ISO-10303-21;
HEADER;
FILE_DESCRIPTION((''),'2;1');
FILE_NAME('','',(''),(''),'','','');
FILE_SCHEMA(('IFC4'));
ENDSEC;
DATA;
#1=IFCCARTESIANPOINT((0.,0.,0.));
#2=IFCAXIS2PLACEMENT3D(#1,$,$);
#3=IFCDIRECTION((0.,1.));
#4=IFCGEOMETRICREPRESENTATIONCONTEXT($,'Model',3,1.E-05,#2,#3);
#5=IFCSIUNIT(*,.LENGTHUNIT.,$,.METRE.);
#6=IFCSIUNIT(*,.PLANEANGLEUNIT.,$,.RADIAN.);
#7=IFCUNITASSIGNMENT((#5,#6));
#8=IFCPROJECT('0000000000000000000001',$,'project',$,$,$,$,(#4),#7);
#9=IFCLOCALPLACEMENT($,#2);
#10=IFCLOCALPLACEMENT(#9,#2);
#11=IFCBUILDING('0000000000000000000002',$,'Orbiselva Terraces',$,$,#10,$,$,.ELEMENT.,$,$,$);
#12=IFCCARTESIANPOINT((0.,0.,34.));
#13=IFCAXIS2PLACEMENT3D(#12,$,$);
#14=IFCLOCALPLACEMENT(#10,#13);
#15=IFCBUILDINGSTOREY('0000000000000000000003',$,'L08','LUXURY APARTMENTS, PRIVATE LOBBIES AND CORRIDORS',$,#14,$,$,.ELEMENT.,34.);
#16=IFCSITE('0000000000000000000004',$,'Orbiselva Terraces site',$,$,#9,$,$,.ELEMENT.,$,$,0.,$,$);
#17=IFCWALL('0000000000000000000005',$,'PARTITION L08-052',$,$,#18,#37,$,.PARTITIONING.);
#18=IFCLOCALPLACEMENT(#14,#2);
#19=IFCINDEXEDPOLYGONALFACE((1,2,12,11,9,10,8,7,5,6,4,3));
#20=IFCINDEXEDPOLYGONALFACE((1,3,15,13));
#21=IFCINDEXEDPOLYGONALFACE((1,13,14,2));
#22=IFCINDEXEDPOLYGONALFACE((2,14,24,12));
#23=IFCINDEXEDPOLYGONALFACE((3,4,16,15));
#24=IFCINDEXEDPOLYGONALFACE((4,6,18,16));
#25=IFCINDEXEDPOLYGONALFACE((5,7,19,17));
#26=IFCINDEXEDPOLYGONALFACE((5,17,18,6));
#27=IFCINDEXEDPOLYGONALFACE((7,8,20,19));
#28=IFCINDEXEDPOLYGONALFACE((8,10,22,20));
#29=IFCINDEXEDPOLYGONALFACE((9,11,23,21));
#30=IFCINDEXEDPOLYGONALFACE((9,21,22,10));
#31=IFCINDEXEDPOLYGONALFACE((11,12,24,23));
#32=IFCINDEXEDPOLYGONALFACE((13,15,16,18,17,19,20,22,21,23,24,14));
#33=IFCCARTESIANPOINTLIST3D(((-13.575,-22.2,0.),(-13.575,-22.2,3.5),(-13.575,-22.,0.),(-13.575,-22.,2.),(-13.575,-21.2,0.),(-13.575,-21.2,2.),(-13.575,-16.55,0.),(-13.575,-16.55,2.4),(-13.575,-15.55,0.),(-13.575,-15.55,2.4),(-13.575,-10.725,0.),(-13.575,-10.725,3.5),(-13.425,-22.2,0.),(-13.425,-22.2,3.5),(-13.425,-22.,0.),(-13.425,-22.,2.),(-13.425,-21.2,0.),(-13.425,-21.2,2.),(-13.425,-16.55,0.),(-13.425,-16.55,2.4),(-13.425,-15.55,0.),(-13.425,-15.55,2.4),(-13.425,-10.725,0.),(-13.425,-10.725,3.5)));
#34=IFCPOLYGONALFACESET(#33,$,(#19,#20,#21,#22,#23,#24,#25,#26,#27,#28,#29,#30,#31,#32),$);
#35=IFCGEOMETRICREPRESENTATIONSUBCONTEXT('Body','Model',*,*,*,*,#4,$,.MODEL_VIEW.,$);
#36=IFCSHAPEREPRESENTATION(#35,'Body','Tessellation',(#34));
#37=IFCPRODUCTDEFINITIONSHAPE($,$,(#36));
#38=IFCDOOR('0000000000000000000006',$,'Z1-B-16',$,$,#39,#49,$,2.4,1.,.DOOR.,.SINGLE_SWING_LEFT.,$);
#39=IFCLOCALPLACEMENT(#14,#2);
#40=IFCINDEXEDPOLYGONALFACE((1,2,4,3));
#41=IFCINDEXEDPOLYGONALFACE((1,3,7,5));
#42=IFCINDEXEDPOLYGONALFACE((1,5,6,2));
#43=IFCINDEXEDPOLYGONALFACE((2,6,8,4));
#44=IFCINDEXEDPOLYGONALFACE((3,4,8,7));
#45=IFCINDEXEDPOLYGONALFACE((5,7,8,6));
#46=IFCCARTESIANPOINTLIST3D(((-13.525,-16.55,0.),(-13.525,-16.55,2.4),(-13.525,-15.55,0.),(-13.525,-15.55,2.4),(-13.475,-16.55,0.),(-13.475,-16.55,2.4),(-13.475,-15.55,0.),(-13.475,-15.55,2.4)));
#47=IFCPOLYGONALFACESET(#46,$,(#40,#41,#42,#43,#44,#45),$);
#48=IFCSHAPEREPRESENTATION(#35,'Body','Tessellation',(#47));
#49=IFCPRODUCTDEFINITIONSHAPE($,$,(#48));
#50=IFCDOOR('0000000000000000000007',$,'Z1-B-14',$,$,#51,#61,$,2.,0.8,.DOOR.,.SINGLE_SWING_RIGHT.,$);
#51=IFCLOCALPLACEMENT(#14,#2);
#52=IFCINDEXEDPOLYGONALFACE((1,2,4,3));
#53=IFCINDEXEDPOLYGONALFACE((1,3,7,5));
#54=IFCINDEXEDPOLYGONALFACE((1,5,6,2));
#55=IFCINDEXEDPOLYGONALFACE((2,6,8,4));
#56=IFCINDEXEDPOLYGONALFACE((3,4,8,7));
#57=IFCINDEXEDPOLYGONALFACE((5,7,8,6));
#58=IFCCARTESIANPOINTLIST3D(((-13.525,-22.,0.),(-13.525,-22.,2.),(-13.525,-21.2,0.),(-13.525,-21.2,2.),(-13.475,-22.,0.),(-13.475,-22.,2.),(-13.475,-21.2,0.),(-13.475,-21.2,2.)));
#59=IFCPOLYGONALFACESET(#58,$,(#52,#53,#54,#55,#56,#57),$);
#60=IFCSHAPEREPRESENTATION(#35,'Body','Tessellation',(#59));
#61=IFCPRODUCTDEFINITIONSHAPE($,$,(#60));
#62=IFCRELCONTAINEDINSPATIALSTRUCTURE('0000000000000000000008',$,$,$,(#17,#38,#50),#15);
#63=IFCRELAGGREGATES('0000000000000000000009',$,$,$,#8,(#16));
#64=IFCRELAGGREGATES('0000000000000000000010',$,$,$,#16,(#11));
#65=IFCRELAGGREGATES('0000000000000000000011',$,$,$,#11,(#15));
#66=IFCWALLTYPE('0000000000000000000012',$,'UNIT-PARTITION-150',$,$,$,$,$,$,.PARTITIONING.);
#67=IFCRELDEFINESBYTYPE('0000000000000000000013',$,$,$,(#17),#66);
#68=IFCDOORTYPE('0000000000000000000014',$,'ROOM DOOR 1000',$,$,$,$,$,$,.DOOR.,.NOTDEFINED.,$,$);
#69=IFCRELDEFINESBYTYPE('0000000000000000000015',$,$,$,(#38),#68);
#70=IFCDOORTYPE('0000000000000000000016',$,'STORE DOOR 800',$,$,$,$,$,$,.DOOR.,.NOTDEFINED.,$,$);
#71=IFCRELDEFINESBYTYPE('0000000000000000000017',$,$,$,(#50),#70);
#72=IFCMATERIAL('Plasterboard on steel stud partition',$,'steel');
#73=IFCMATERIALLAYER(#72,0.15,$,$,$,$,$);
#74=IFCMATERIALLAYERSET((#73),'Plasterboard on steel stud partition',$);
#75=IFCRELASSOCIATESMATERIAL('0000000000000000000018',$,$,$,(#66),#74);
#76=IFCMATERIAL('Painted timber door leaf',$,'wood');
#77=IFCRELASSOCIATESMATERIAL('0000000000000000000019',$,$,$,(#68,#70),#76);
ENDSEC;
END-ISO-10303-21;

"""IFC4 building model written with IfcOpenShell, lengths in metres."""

from ifc_helpers import new_model, si_unit, direction, frame, frame_2d, origin, place, context, subcontext, project, spatial, rectangle, extrude, material, layer, layer_set, type_object, element, fill, save


model = new_model("IFC4")

# Units and contexts
model_context = context("Model", 3, precision=1e-05, world=origin(), true_north=direction((0.0, 1.0)))
body_context = subcontext(model_context, "Body", "Model", "MODEL_VIEW")
ifc_project = project(units=[si_unit("LENGTHUNIT", "METRE"), si_unit("PLANEANGLEUNIT", "RADIAN")], contexts=[model_context])

# Site, building, storey
site_placement = place(None, origin())
site = spatial("IfcSite", under=ifc_project, at=site_placement, Name="Orbiselva Terraces site", CompositionType="ELEMENT", RefElevation=0.0)
building_placement = place(site_placement, origin())
building = spatial("IfcBuilding", under=site, at=building_placement, Name="Orbiselva Terraces", CompositionType="ELEMENT")
storey_placement = place(building_placement, frame((0.0, 0.0, 34.0)))
storey = spatial("IfcBuildingStorey", under=building, at=storey_placement, Name="L08", Description="LUXURY APARTMENTS, PRIVATE LOBBIES AND CORRIDORS", CompositionType="ELEMENT", Elevation=34.0)

# Shared definitions
ifc_material_1 = material(Name="Plasterboard on steel stud partition", Category="steel")
ifc_layer_1 = layer(ifc_material_1, 0.15)
ifc_layer_set_1 = layer_set([ifc_layer_1], Name="Plasterboard on steel stud partition")
wall_type_1 = type_object("IfcWallType", Name="UNIT-PARTITION-150", PredefinedType="PARTITIONING", material=ifc_layer_set_1)

# Shared definitions
ifc_material_2 = material(Name="Painted timber door leaf", Category="wood")
door_type_1 = type_object("IfcDoorType", Name="ROOM DOOR 1000", OperationType="NOTDEFINED", PredefinedType="DOOR", material=ifc_material_2)

# Wall, openings, doors
wall_1_placement = place(storey_placement, frame((-13.5, -10.725, 0.0), z_axis=(0.0, 0.0, 1.0), x_axis=(0.0, -1.0, 0.0)))
wall_1 = element("IfcWall", 1, at=wall_1_placement, inside=storey, type_object=wall_type_1, Name="PARTITION L08-052", PredefinedType="PARTITIONING", context=body_context, shape_type="SweptSolid", body=[
    extrude(rectangle(XDim=11.475, YDim=0.15, at=frame_2d((5.7375, 0.0))), origin(), (0.0, 0.0, 1.0), 3.5),
])
opening_1_placement = place(wall_1_placement, frame((10.475, 0.0, 0.0)))
opening_1 = element("IfcOpeningElement", 2, at=opening_1_placement, cuts=wall_1, PredefinedType="OPENING", context=body_context, shape_type="SweptSolid", body=[
    extrude(rectangle(XDim=0.8, YDim=2.0, at=frame_2d((0.4, 1.0))), frame((0.0, 0.085, 0.0), z_axis=(0.0, -1.0, 0.0), x_axis=(1.0, 0.0, 0.0)), (0.0, 0.0, 1.0), 0.17),
])
opening_2_placement = place(wall_1_placement, frame((4.825, 0.0, 0.0)))
opening_2 = element("IfcOpeningElement", 3, at=opening_2_placement, cuts=wall_1, PredefinedType="OPENING", context=body_context, shape_type="SweptSolid", body=[
    extrude(rectangle(XDim=1.0, YDim=2.4, at=frame_2d((0.5, 1.2))), frame((0.0, 0.085, 0.0), z_axis=(0.0, -1.0, 0.0), x_axis=(1.0, 0.0, 0.0)), (0.0, 0.0, 1.0), 0.17),
])
door_1_placement = place(opening_2_placement, origin())
door_1 = element("IfcDoor", 4, at=door_1_placement, inside=storey, type_object=door_type_1, Name="Z1-B-16", OperationType="SINGLE_SWING_LEFT", OverallHeight=2.4, OverallWidth=1.0, PredefinedType="DOOR", context=body_context, shape_type="SweptSolid", body=[
    extrude(rectangle(XDim=1.0, YDim=2.4, at=frame_2d((0.5, 1.2))), frame((0.0, 0.025, 0.0), z_axis=(0.0, -1.0, 0.0), x_axis=(1.0, 0.0, 0.0)), (0.0, 0.0, 1.0), 0.05),
])
fill(opening_2, door_1)
door_type_2 = type_object("IfcDoorType", Name="STORE DOOR 800", OperationType="NOTDEFINED", PredefinedType="DOOR", material=ifc_material_2)
door_2_placement = place(opening_1_placement, origin())
door_2 = element("IfcDoor", 5, at=door_2_placement, inside=storey, type_object=door_type_2, Name="Z1-B-14", OperationType="SINGLE_SWING_RIGHT", OverallHeight=2.0, OverallWidth=0.8, PredefinedType="DOOR", context=body_context, shape_type="SweptSolid", body=[
    extrude(rectangle(XDim=0.8, YDim=2.0, at=frame_2d((0.4, 1.0))), frame((0.0, 0.025, 0.0), z_axis=(0.0, -1.0, 0.0), x_axis=(1.0, 0.0, 0.0)), (0.0, 0.0, 1.0), 0.05),
])
fill(opening_1, door_2)

save(model, "model.ifc")
